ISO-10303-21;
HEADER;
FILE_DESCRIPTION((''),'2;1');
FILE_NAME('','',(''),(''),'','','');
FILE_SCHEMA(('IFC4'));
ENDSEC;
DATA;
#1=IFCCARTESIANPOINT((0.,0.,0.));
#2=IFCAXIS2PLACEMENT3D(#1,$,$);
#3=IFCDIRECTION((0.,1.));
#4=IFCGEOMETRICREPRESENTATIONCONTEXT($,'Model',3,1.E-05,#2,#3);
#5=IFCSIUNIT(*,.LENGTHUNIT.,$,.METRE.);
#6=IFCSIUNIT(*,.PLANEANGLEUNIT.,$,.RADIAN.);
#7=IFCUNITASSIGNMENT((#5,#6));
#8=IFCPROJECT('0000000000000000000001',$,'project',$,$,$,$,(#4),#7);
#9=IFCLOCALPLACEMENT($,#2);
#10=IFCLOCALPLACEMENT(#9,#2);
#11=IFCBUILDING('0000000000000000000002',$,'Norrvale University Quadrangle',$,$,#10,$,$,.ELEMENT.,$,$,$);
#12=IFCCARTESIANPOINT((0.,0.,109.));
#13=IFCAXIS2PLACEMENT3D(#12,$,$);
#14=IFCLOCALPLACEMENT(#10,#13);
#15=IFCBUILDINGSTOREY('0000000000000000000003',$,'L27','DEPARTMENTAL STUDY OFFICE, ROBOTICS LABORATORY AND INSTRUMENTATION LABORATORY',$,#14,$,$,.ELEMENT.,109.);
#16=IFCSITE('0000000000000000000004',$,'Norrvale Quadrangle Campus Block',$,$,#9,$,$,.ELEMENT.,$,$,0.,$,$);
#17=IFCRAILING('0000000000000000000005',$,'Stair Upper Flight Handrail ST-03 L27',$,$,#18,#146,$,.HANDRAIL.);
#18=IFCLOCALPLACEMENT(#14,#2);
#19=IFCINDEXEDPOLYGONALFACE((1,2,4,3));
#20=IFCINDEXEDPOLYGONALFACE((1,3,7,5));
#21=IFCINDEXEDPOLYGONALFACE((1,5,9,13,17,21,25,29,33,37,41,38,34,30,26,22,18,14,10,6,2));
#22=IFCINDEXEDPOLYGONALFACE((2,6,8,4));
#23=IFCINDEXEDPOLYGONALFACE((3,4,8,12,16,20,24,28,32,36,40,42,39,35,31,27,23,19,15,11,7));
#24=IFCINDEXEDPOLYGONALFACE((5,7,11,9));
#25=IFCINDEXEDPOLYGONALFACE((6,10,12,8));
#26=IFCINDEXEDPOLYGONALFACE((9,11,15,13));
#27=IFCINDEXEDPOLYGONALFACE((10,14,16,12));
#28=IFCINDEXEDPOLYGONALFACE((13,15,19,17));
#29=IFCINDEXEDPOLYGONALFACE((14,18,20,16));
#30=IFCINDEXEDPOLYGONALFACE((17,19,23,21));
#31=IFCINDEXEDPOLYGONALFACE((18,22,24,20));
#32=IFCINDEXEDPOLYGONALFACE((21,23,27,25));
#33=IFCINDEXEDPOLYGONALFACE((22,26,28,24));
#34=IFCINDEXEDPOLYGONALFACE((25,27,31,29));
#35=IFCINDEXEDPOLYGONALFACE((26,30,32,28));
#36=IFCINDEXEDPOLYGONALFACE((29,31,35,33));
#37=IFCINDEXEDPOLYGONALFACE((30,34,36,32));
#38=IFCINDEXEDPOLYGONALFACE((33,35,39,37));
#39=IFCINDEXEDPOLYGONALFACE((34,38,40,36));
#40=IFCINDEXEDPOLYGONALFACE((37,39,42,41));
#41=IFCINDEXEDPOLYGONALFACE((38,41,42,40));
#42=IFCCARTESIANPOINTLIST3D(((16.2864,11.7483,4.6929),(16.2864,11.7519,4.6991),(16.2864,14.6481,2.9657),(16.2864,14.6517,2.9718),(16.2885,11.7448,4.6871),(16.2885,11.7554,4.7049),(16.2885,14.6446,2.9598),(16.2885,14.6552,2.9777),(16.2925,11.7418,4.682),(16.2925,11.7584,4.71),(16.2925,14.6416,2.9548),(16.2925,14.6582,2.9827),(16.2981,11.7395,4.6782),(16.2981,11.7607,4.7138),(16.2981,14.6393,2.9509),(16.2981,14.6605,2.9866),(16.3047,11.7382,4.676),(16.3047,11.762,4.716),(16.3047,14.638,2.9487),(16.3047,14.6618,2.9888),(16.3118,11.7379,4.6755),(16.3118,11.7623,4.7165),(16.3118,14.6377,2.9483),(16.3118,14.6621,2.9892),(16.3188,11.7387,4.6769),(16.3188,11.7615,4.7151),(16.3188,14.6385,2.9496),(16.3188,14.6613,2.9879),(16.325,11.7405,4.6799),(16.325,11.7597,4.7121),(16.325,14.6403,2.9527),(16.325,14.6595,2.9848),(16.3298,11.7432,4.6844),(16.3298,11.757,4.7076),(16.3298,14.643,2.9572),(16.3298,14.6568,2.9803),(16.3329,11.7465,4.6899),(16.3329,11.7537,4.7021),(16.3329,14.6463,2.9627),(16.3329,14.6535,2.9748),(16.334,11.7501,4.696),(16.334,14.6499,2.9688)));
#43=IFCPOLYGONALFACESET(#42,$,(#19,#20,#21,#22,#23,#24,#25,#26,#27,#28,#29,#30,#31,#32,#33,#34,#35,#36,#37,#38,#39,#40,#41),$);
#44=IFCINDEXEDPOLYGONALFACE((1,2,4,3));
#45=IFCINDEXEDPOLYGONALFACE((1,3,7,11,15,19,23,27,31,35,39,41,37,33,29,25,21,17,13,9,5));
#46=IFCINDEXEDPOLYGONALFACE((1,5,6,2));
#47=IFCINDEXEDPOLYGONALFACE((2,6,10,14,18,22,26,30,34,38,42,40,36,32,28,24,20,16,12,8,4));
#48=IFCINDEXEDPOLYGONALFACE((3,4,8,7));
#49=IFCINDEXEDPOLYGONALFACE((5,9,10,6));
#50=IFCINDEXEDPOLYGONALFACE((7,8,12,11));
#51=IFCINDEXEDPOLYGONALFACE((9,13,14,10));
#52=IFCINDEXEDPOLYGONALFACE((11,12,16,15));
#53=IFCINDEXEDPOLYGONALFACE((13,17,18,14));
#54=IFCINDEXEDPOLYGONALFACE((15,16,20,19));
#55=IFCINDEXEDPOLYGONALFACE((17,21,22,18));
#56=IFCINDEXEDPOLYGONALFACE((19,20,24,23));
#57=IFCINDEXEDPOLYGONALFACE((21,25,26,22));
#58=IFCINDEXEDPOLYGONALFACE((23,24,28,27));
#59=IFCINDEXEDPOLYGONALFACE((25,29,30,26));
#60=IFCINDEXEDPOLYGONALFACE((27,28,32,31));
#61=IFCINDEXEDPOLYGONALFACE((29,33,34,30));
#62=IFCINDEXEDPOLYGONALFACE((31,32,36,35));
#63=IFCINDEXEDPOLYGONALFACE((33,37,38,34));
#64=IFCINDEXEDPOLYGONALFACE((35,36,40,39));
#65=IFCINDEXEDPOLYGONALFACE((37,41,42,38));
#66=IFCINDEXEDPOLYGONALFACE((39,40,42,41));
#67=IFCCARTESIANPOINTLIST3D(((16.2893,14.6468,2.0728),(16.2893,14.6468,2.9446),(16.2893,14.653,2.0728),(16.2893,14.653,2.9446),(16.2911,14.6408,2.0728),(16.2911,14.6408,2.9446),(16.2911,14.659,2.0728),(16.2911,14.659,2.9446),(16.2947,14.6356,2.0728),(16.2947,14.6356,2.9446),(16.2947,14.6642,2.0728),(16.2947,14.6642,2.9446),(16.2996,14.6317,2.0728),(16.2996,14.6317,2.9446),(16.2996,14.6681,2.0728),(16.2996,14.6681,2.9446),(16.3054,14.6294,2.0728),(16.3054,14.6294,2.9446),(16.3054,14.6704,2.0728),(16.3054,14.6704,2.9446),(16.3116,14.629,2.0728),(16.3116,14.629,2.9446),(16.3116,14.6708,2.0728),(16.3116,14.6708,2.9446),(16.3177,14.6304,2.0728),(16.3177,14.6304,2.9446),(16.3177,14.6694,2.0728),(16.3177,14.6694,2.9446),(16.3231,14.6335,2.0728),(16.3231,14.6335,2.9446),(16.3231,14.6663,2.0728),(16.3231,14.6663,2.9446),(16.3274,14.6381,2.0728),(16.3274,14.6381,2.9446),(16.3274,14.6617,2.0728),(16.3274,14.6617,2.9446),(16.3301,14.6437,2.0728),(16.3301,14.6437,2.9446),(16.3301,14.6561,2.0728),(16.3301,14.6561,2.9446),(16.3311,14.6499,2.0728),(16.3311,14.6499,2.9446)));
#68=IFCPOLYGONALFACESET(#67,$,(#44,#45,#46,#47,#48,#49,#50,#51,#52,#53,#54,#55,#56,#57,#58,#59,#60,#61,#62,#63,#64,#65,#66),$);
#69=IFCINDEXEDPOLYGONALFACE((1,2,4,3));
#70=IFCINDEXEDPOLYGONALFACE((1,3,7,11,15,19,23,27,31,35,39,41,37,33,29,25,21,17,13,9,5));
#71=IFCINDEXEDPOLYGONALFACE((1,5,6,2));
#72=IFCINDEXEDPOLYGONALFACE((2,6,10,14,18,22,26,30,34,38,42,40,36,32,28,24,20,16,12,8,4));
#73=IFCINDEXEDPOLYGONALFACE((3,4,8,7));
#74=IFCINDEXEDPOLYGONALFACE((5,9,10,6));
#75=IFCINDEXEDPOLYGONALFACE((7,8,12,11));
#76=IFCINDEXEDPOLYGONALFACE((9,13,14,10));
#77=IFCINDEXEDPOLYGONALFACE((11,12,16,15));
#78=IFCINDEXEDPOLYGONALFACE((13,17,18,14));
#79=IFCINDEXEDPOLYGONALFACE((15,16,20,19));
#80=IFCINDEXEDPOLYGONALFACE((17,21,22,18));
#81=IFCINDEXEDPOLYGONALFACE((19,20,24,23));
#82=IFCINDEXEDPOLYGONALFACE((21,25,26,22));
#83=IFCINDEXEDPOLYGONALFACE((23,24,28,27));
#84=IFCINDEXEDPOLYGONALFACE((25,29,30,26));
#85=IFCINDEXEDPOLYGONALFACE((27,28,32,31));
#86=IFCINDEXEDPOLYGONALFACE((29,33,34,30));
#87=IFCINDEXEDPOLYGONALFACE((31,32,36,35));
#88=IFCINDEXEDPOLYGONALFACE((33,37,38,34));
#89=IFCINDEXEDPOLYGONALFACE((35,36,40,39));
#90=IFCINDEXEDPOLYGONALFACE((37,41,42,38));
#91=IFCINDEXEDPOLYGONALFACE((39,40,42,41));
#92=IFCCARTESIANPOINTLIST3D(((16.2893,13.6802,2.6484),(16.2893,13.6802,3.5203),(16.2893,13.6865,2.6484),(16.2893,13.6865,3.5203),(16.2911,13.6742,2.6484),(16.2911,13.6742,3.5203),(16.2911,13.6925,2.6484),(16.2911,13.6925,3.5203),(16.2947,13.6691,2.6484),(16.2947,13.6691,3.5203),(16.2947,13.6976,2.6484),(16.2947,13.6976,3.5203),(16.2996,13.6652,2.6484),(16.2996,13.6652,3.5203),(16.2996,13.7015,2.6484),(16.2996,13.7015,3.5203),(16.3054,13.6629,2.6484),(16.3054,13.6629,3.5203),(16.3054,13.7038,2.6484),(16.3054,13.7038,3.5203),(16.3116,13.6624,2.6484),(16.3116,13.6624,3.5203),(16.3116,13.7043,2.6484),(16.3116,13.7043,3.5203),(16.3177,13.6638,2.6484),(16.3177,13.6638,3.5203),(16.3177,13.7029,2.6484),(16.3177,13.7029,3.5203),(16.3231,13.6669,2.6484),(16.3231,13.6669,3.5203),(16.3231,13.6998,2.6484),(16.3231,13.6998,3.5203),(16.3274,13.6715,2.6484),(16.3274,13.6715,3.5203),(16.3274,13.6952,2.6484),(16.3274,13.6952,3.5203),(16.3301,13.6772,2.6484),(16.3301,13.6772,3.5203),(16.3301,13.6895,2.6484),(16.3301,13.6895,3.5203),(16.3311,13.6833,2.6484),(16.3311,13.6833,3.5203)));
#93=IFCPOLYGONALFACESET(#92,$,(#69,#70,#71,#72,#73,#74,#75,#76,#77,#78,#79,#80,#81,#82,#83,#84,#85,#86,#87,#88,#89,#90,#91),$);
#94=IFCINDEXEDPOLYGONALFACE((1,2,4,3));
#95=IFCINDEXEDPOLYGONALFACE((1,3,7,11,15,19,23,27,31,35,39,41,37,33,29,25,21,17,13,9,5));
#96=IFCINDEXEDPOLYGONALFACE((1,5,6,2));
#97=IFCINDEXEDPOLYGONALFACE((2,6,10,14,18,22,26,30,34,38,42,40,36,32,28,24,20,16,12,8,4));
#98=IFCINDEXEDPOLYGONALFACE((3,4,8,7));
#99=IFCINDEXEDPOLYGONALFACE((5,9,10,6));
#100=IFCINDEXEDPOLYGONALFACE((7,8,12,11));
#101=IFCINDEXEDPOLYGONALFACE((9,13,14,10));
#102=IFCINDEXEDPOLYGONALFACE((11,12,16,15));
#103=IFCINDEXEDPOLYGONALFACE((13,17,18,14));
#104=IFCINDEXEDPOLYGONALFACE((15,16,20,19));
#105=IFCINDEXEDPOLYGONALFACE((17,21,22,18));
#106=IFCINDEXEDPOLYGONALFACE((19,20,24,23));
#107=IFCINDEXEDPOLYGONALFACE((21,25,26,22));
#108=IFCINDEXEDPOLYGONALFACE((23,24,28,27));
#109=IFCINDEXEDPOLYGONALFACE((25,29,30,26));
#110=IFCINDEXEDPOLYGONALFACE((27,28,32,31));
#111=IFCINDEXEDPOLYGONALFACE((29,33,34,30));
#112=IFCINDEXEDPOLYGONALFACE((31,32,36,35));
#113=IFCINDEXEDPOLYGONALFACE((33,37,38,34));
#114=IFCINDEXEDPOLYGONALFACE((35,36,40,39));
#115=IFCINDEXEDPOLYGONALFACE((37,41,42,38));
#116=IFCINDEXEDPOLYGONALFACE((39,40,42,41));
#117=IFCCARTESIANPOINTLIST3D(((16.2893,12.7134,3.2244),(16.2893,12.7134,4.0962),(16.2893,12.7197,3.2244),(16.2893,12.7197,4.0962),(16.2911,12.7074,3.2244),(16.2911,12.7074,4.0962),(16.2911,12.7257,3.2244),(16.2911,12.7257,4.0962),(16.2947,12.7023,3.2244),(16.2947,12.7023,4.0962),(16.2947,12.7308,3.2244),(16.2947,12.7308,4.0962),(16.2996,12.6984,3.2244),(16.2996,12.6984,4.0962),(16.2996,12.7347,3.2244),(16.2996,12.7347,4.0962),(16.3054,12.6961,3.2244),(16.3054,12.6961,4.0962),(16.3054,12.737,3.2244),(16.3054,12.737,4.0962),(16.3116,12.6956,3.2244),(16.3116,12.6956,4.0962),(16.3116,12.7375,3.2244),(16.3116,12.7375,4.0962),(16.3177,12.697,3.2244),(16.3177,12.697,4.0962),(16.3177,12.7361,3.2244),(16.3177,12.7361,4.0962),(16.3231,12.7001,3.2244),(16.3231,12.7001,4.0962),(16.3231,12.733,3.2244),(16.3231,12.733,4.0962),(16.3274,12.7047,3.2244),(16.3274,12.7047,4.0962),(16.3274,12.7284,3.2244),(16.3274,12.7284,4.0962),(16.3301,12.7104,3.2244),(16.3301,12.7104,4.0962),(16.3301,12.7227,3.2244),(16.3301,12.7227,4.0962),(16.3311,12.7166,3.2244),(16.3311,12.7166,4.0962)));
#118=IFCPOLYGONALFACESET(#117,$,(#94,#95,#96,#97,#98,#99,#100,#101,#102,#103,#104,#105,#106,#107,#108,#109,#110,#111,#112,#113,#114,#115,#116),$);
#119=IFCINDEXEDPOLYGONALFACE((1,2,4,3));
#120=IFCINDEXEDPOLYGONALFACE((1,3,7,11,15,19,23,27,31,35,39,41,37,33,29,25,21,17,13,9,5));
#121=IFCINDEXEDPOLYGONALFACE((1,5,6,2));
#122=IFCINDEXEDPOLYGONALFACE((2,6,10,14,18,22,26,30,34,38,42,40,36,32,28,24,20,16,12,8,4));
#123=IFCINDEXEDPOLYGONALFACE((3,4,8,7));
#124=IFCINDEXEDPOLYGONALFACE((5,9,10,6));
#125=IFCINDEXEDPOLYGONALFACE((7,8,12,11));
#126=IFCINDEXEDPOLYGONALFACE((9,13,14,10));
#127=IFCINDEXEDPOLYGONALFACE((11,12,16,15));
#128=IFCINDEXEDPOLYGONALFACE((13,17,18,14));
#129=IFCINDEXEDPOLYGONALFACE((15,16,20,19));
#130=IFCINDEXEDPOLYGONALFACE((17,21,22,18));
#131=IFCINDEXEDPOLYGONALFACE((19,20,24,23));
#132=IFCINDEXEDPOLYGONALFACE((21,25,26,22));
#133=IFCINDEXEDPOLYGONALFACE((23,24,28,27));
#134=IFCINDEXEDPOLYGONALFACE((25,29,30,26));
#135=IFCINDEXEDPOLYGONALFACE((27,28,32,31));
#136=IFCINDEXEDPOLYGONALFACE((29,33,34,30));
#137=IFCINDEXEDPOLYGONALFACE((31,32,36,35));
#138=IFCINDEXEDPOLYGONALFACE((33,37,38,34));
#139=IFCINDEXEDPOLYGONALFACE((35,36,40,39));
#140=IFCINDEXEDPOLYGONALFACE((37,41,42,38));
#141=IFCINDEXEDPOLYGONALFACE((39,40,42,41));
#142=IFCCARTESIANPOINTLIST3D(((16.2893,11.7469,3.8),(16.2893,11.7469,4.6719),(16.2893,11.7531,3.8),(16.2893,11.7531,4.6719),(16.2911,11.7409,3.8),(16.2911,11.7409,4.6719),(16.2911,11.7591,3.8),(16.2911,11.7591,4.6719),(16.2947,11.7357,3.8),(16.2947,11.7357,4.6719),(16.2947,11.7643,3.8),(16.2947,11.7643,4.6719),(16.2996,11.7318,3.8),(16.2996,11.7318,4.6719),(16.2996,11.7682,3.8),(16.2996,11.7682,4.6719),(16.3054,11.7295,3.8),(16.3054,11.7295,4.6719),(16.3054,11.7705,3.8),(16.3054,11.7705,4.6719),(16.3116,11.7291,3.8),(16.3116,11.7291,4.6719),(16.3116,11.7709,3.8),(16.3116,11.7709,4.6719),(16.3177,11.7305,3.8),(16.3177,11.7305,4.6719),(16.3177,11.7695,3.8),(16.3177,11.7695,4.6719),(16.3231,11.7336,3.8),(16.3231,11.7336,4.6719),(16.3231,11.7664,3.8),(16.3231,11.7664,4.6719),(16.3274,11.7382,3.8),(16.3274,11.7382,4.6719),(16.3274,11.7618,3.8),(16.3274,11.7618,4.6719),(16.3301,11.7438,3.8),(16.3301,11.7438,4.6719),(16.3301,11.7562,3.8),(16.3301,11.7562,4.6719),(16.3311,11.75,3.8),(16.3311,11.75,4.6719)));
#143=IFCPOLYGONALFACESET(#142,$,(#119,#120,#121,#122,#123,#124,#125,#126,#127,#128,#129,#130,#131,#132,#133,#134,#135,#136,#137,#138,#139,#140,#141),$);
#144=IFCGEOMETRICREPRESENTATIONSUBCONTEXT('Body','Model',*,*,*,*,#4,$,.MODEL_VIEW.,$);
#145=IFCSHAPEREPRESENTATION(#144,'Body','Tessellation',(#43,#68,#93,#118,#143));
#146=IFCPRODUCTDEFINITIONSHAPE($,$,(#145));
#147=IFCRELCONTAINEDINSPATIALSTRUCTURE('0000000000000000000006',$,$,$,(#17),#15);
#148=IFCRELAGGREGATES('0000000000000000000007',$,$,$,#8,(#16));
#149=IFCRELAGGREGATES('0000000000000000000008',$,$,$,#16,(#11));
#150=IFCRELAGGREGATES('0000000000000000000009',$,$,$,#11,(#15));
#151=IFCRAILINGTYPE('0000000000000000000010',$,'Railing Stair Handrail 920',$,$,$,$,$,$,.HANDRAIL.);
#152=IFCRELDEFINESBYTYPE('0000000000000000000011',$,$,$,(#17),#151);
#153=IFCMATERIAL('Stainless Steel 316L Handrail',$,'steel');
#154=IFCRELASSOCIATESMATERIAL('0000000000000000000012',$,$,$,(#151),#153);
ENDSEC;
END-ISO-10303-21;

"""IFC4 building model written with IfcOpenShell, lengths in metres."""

from ifc_helpers import new_model, si_unit, direction, frame, origin, origin_2d, place, context, subcontext, project, spatial, circle, extrude, material, type_object, element, save


model = new_model("IFC4")

# Units and contexts
model_context = context("Model", 3, precision=1e-05, world=origin(), true_north=direction((0.0, 1.0)))
body_context = subcontext(model_context, "Body", "Model", "MODEL_VIEW")
ifc_project = project(units=[si_unit("LENGTHUNIT", "METRE"), si_unit("PLANEANGLEUNIT", "RADIAN")], contexts=[model_context])

# Site, building, storey
site_placement = place(None, origin())
site = spatial("IfcSite", under=ifc_project, at=site_placement, Name="Norrvale Quadrangle Campus Block", CompositionType="ELEMENT", RefElevation=0.0)
building_placement = place(site_placement, origin())
building = spatial("IfcBuilding", under=site, at=building_placement, Name="Norrvale University Quadrangle", CompositionType="ELEMENT")
storey_placement = place(building_placement, frame((0.0, 0.0, 109.0)))
storey = spatial("IfcBuildingStorey", under=building, at=storey_placement, Name="L27", Description="DEPARTMENTAL STUDY OFFICE, ROBOTICS LABORATORY AND INSTRUMENTATION LABORATORY", CompositionType="ELEMENT", Elevation=109.0)

# Railing
ifc_material_1 = material(Name="Stainless Steel 316L Handrail", Category="steel")
railing_type_1 = type_object("IfcRailingType", Name="Railing Stair Handrail 920", PredefinedType="HANDRAIL", material=ifc_material_1)
railing_1_placement = place(storey_placement, frame((16.3101, 14.6499, 2.0728)))
element("IfcRailing", 1, at=railing_1_placement, inside=storey, type_object=railing_type_1, Name="Stair Upper Flight Handrail ST-03 L27", PredefinedType="HANDRAIL", context=body_context, shape_type="SweptSolid", body=[
    extrude(circle(Radius=0.0239, at=origin_2d()), frame((0.0, 0.0, 0.896), z_axis=(0.0, -0.859141, 0.511738), x_axis=(1.0, 0.0, 0.0)), (0.0, 0.0, 1.0), 3.3752),
    extrude(circle(Radius=0.021, at=origin_2d()), origin(), (0.0, 0.0, 1.0), 0.8718),
    extrude(circle(Radius=0.021, at=origin_2d()), frame((0.0, -0.9666, 0.5757)), (0.0, 0.0, 1.0), 0.8718),
    extrude(circle(Radius=0.021, at=origin_2d()), frame((0.0, -1.9333, 1.1516)), (0.0, 0.0, 1.0), 0.8718),
    extrude(circle(Radius=0.021, at=origin_2d()), frame((0.0, -2.8999, 1.7273)), (0.0, 0.0, 1.0), 0.8718),
])

save(model, "model.ifc")
